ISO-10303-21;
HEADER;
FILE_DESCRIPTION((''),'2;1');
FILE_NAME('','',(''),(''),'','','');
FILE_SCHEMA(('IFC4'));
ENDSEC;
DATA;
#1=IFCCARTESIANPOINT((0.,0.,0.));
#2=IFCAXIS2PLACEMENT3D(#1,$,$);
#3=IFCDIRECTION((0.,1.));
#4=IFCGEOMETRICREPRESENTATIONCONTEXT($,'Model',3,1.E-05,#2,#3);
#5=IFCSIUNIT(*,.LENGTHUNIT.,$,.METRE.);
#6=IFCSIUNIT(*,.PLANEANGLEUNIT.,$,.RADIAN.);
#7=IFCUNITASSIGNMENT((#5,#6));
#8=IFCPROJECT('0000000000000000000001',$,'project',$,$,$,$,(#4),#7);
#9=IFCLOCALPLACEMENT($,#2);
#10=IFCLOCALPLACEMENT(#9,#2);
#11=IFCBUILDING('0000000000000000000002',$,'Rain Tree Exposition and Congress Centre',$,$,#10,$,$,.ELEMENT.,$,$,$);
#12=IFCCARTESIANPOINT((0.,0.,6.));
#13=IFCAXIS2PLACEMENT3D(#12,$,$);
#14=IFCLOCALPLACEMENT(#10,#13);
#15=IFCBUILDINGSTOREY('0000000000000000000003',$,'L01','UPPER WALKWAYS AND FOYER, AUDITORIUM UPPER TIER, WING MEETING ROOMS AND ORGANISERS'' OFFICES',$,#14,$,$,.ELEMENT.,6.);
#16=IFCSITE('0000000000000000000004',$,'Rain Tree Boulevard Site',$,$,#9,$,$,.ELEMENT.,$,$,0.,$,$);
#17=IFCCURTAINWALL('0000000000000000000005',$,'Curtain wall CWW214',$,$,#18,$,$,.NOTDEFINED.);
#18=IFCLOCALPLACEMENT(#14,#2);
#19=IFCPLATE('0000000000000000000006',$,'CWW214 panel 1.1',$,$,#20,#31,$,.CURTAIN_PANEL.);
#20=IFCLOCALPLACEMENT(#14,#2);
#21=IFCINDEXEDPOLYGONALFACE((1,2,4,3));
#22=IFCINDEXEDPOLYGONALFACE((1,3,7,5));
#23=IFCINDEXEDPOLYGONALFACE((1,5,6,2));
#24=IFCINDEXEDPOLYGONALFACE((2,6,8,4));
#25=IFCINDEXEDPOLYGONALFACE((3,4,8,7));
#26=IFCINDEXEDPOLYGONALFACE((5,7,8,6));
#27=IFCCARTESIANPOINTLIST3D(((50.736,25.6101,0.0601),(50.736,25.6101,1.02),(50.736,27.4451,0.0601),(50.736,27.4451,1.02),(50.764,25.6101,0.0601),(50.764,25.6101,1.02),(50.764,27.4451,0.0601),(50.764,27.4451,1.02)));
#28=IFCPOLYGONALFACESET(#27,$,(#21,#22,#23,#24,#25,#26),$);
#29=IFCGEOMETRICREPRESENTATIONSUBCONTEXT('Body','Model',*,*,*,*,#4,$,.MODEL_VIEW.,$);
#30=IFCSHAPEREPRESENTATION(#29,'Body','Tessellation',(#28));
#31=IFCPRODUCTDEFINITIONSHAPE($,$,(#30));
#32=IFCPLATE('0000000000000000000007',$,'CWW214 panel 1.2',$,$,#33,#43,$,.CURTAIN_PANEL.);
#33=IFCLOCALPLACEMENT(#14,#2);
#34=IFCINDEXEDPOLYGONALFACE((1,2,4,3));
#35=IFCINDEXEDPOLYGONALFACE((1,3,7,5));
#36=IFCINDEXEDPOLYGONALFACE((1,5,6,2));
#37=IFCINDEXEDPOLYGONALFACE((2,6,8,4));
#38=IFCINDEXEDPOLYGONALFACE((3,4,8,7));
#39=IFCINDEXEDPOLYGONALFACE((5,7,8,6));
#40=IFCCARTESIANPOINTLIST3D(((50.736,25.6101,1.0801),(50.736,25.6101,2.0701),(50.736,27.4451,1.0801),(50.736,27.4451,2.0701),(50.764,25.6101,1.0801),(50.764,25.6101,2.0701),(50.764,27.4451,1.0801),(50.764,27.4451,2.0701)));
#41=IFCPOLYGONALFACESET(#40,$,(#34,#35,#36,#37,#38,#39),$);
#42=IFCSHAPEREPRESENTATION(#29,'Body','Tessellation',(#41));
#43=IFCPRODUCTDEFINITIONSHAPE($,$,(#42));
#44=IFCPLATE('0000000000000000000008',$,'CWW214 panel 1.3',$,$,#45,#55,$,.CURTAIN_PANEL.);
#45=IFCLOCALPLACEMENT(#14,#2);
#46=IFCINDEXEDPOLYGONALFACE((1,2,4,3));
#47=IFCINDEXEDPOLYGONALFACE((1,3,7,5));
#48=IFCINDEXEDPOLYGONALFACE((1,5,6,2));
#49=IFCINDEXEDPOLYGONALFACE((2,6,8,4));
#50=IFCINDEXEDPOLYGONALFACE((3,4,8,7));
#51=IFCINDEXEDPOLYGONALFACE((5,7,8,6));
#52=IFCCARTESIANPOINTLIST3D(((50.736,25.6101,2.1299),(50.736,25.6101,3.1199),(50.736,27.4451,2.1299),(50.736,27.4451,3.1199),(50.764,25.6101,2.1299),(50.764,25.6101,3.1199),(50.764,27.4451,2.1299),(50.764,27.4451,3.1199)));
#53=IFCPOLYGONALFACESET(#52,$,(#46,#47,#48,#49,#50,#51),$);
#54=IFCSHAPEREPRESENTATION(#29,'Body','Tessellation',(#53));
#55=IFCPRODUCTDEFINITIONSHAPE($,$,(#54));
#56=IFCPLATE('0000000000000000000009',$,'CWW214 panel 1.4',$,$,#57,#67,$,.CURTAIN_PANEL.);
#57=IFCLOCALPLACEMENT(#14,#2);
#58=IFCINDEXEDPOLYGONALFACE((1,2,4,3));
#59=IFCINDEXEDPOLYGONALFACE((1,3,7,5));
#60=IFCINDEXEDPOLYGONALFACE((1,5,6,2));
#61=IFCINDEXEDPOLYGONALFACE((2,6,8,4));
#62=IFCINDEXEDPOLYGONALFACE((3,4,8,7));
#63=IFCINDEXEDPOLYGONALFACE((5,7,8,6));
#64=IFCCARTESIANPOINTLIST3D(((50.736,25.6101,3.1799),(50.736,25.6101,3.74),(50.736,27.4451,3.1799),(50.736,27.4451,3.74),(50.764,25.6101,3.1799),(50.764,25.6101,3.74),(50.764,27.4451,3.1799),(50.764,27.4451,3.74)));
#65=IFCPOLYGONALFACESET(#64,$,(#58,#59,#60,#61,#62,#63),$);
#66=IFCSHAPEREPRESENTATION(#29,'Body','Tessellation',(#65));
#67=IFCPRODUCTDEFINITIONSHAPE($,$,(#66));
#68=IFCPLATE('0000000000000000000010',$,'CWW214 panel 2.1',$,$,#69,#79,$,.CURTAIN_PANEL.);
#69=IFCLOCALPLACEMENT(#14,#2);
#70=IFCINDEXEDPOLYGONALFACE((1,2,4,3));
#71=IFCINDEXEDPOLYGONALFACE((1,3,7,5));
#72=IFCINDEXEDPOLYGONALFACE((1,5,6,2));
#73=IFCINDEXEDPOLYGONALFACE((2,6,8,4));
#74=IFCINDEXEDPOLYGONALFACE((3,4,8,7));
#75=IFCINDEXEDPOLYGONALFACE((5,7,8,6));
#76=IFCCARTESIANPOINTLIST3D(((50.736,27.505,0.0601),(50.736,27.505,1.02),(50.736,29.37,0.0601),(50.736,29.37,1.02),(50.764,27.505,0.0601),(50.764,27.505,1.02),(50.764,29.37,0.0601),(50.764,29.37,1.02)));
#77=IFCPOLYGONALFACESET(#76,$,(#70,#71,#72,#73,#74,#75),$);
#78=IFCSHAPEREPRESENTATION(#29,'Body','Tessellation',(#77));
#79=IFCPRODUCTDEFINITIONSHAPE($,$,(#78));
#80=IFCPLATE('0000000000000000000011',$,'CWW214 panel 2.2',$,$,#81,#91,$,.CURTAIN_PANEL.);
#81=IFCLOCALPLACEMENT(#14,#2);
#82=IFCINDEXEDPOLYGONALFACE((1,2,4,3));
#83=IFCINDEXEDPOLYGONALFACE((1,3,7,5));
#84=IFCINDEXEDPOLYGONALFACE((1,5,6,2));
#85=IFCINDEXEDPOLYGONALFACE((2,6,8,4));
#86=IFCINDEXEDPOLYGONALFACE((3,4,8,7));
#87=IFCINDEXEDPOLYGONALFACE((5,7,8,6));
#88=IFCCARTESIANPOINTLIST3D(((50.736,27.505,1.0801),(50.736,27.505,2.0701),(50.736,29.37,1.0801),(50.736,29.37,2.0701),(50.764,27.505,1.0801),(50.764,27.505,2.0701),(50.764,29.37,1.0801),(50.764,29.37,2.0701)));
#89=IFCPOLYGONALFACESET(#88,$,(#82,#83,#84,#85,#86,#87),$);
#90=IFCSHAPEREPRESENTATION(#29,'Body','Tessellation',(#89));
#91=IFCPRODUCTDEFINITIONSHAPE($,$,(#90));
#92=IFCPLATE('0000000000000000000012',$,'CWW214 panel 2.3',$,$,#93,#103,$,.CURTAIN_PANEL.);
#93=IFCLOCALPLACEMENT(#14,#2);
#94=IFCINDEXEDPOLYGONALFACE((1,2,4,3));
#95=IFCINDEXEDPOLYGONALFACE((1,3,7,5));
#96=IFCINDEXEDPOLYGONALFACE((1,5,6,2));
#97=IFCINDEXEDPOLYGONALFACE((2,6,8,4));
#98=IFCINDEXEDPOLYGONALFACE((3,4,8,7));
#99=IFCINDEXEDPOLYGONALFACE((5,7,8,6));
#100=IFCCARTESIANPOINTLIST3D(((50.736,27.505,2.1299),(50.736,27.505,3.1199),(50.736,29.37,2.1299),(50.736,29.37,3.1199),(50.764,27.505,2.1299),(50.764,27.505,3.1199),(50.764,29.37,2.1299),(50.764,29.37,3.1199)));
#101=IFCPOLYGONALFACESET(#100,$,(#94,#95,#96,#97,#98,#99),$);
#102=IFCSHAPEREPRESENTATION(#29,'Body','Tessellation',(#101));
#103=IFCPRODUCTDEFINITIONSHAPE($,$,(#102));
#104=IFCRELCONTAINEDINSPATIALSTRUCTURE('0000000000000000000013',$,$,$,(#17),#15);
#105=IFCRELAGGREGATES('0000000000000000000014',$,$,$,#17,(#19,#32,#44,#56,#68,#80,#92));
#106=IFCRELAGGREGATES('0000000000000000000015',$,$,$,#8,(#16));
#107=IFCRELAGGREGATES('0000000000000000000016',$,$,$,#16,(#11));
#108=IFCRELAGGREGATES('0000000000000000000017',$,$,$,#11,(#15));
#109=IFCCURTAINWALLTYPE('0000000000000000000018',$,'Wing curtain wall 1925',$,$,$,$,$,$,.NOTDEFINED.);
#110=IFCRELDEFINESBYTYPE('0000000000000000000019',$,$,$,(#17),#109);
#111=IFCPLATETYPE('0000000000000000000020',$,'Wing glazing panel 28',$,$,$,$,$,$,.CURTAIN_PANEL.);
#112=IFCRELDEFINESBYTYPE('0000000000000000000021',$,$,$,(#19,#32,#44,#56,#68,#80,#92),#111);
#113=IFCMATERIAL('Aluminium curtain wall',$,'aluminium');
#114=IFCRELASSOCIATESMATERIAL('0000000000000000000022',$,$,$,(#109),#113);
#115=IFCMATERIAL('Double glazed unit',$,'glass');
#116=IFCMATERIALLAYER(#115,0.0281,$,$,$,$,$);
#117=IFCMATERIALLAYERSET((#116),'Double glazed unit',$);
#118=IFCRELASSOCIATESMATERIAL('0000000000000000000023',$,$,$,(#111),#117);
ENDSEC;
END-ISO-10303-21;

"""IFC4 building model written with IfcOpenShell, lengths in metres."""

from ifc_helpers import new_model, si_unit, direction, frame, origin, origin_2d, place, context, subcontext, project, spatial, rectangle, extrude, material, layer, layer_set, type_object, element, aggregate, save


model = new_model("IFC4")

# Units and contexts
model_context = context("Model", 3, precision=1e-05, world=origin(), true_north=direction((0.0, 1.0)))
body_context = subcontext(model_context, "Body", "Model", "MODEL_VIEW")
ifc_project = project(units=[si_unit("LENGTHUNIT", "METRE"), si_unit("PLANEANGLEUNIT", "RADIAN")], contexts=[model_context])

# Site, building, storey
site_placement = place(None, origin())
site = spatial("IfcSite", under=ifc_project, at=site_placement, Name="Rain Tree Boulevard Site", CompositionType="ELEMENT", RefElevation=0.0)
building_placement = place(site_placement, origin())
building = spatial("IfcBuilding", under=site, at=building_placement, Name="Rain Tree Exposition and Congress Centre", CompositionType="ELEMENT")
storey_placement = place(building_placement, frame((0.0, 0.0, 6.0)))
storey = spatial("IfcBuildingStorey", under=building, at=storey_placement, Name="L01", Description="UPPER WALKWAYS AND FOYER, AUDITORIUM UPPER TIER, WING MEETING ROOMS AND ORGANISERS' OFFICES", CompositionType="ELEMENT", Elevation=6.0)

# Curtain wall
ifc_material_1 = material(Name="Aluminium curtain wall", Category="aluminium")
curtain_wall_type = type_object("IfcCurtainWallType", Name="Wing curtain wall 1925", PredefinedType="NOTDEFINED", material=ifc_material_1)
curtain_wall_1_placement = place(storey_placement, origin())
curtain_wall_1 = element("IfcCurtainWall", 1, at=curtain_wall_1_placement, inside=storey, type_object=curtain_wall_type, Name="Curtain wall CWW214", PredefinedType="NOTDEFINED")

# Plates
ifc_material_2 = material(Name="Double glazed unit", Category="glass")
ifc_layer = layer(ifc_material_2, 0.0281)
ifc_layer_set = layer_set([ifc_layer], Name="Double glazed unit")
plate_type = type_object("IfcPlateType", Name="Wing glazing panel 28", PredefinedType="CURTAIN_PANEL", material=ifc_layer_set)
plate_1_placement = place(storey_placement, frame((50.75, 26.5276, 0.0601), z_axis=(0.0, 0.0, 1.0), x_axis=(0.0, 1.0, 0.0)))
plate_1 = element("IfcPlate", 2, at=plate_1_placement, type_object=plate_type, Name="CWW214 panel 1.1", PredefinedType="CURTAIN_PANEL", context=body_context, shape_type="SweptSolid", body=[
    extrude(rectangle(XDim=1.835, YDim=0.0281, at=origin_2d()), origin(), (0.0, 0.0, 1.0), 0.96),
])
plate_2_placement = place(storey_placement, frame((50.75, 26.5276, 1.0801), z_axis=(0.0, 0.0, 1.0), x_axis=(0.0, 1.0, 0.0)))
plate_2 = element("IfcPlate", 3, at=plate_2_placement, type_object=plate_type, Name="CWW214 panel 1.2", PredefinedType="CURTAIN_PANEL", context=body_context, shape_type="SweptSolid", body=[
    extrude(rectangle(XDim=1.835, YDim=0.0281, at=origin_2d()), origin(), (0.0, 0.0, 1.0), 0.99),
])
plate_3_placement = place(storey_placement, frame((50.75, 26.5276, 2.1299), z_axis=(0.0, 0.0, 1.0), x_axis=(0.0, 1.0, 0.0)))
plate_3 = element("IfcPlate", 4, at=plate_3_placement, type_object=plate_type, Name="CWW214 panel 1.3", PredefinedType="CURTAIN_PANEL", context=body_context, shape_type="SweptSolid", body=[
    extrude(rectangle(XDim=1.835, YDim=0.0281, at=origin_2d()), origin(), (0.0, 0.0, 1.0), 0.99),
])
plate_4_placement = place(storey_placement, frame((50.75, 26.5276, 3.1799), z_axis=(0.0, 0.0, 1.0), x_axis=(0.0, 1.0, 0.0)))
plate_4 = element("IfcPlate", 5, at=plate_4_placement, type_object=plate_type, Name="CWW214 panel 1.4", PredefinedType="CURTAIN_PANEL", context=body_context, shape_type="SweptSolid", body=[
    extrude(rectangle(XDim=1.835, YDim=0.0281, at=origin_2d()), origin(), (0.0, 0.0, 1.0), 0.5601),
])
plate_5_placement = place(storey_placement, frame((50.75, 28.4375, 0.0601), z_axis=(0.0, 0.0, 1.0), x_axis=(0.0, 1.0, 0.0)))
plate_5 = element("IfcPlate", 6, at=plate_5_placement, type_object=plate_type, Name="CWW214 panel 2.1", PredefinedType="CURTAIN_PANEL", context=body_context, shape_type="SweptSolid", body=[
    extrude(rectangle(XDim=1.865, YDim=0.0281, at=origin_2d()), origin(), (0.0, 0.0, 1.0), 0.96),
])
plate_6_placement = place(storey_placement, frame((50.75, 28.4375, 1.0801), z_axis=(0.0, 0.0, 1.0), x_axis=(0.0, 1.0, 0.0)))
plate_6 = element("IfcPlate", 7, at=plate_6_placement, type_object=plate_type, Name="CWW214 panel 2.2", PredefinedType="CURTAIN_PANEL", context=body_context, shape_type="SweptSolid", body=[
    extrude(rectangle(XDim=1.865, YDim=0.0281, at=origin_2d()), origin(), (0.0, 0.0, 1.0), 0.99),
])
plate_7_placement = place(storey_placement, frame((50.75, 28.4375, 2.1299), z_axis=(0.0, 0.0, 1.0), x_axis=(0.0, 1.0, 0.0)))
plate_7 = element("IfcPlate", 8, at=plate_7_placement, type_object=plate_type, Name="CWW214 panel 2.3", PredefinedType="CURTAIN_PANEL", context=body_context, shape_type="SweptSolid", body=[
    extrude(rectangle(XDim=1.865, YDim=0.0281, at=origin_2d()), origin(), (0.0, 0.0, 1.0), 0.99),
])
aggregate(curtain_wall_1, [plate_1, plate_2, plate_3, plate_4, plate_5, plate_6, plate_7])

save(model, "model.ifc")
